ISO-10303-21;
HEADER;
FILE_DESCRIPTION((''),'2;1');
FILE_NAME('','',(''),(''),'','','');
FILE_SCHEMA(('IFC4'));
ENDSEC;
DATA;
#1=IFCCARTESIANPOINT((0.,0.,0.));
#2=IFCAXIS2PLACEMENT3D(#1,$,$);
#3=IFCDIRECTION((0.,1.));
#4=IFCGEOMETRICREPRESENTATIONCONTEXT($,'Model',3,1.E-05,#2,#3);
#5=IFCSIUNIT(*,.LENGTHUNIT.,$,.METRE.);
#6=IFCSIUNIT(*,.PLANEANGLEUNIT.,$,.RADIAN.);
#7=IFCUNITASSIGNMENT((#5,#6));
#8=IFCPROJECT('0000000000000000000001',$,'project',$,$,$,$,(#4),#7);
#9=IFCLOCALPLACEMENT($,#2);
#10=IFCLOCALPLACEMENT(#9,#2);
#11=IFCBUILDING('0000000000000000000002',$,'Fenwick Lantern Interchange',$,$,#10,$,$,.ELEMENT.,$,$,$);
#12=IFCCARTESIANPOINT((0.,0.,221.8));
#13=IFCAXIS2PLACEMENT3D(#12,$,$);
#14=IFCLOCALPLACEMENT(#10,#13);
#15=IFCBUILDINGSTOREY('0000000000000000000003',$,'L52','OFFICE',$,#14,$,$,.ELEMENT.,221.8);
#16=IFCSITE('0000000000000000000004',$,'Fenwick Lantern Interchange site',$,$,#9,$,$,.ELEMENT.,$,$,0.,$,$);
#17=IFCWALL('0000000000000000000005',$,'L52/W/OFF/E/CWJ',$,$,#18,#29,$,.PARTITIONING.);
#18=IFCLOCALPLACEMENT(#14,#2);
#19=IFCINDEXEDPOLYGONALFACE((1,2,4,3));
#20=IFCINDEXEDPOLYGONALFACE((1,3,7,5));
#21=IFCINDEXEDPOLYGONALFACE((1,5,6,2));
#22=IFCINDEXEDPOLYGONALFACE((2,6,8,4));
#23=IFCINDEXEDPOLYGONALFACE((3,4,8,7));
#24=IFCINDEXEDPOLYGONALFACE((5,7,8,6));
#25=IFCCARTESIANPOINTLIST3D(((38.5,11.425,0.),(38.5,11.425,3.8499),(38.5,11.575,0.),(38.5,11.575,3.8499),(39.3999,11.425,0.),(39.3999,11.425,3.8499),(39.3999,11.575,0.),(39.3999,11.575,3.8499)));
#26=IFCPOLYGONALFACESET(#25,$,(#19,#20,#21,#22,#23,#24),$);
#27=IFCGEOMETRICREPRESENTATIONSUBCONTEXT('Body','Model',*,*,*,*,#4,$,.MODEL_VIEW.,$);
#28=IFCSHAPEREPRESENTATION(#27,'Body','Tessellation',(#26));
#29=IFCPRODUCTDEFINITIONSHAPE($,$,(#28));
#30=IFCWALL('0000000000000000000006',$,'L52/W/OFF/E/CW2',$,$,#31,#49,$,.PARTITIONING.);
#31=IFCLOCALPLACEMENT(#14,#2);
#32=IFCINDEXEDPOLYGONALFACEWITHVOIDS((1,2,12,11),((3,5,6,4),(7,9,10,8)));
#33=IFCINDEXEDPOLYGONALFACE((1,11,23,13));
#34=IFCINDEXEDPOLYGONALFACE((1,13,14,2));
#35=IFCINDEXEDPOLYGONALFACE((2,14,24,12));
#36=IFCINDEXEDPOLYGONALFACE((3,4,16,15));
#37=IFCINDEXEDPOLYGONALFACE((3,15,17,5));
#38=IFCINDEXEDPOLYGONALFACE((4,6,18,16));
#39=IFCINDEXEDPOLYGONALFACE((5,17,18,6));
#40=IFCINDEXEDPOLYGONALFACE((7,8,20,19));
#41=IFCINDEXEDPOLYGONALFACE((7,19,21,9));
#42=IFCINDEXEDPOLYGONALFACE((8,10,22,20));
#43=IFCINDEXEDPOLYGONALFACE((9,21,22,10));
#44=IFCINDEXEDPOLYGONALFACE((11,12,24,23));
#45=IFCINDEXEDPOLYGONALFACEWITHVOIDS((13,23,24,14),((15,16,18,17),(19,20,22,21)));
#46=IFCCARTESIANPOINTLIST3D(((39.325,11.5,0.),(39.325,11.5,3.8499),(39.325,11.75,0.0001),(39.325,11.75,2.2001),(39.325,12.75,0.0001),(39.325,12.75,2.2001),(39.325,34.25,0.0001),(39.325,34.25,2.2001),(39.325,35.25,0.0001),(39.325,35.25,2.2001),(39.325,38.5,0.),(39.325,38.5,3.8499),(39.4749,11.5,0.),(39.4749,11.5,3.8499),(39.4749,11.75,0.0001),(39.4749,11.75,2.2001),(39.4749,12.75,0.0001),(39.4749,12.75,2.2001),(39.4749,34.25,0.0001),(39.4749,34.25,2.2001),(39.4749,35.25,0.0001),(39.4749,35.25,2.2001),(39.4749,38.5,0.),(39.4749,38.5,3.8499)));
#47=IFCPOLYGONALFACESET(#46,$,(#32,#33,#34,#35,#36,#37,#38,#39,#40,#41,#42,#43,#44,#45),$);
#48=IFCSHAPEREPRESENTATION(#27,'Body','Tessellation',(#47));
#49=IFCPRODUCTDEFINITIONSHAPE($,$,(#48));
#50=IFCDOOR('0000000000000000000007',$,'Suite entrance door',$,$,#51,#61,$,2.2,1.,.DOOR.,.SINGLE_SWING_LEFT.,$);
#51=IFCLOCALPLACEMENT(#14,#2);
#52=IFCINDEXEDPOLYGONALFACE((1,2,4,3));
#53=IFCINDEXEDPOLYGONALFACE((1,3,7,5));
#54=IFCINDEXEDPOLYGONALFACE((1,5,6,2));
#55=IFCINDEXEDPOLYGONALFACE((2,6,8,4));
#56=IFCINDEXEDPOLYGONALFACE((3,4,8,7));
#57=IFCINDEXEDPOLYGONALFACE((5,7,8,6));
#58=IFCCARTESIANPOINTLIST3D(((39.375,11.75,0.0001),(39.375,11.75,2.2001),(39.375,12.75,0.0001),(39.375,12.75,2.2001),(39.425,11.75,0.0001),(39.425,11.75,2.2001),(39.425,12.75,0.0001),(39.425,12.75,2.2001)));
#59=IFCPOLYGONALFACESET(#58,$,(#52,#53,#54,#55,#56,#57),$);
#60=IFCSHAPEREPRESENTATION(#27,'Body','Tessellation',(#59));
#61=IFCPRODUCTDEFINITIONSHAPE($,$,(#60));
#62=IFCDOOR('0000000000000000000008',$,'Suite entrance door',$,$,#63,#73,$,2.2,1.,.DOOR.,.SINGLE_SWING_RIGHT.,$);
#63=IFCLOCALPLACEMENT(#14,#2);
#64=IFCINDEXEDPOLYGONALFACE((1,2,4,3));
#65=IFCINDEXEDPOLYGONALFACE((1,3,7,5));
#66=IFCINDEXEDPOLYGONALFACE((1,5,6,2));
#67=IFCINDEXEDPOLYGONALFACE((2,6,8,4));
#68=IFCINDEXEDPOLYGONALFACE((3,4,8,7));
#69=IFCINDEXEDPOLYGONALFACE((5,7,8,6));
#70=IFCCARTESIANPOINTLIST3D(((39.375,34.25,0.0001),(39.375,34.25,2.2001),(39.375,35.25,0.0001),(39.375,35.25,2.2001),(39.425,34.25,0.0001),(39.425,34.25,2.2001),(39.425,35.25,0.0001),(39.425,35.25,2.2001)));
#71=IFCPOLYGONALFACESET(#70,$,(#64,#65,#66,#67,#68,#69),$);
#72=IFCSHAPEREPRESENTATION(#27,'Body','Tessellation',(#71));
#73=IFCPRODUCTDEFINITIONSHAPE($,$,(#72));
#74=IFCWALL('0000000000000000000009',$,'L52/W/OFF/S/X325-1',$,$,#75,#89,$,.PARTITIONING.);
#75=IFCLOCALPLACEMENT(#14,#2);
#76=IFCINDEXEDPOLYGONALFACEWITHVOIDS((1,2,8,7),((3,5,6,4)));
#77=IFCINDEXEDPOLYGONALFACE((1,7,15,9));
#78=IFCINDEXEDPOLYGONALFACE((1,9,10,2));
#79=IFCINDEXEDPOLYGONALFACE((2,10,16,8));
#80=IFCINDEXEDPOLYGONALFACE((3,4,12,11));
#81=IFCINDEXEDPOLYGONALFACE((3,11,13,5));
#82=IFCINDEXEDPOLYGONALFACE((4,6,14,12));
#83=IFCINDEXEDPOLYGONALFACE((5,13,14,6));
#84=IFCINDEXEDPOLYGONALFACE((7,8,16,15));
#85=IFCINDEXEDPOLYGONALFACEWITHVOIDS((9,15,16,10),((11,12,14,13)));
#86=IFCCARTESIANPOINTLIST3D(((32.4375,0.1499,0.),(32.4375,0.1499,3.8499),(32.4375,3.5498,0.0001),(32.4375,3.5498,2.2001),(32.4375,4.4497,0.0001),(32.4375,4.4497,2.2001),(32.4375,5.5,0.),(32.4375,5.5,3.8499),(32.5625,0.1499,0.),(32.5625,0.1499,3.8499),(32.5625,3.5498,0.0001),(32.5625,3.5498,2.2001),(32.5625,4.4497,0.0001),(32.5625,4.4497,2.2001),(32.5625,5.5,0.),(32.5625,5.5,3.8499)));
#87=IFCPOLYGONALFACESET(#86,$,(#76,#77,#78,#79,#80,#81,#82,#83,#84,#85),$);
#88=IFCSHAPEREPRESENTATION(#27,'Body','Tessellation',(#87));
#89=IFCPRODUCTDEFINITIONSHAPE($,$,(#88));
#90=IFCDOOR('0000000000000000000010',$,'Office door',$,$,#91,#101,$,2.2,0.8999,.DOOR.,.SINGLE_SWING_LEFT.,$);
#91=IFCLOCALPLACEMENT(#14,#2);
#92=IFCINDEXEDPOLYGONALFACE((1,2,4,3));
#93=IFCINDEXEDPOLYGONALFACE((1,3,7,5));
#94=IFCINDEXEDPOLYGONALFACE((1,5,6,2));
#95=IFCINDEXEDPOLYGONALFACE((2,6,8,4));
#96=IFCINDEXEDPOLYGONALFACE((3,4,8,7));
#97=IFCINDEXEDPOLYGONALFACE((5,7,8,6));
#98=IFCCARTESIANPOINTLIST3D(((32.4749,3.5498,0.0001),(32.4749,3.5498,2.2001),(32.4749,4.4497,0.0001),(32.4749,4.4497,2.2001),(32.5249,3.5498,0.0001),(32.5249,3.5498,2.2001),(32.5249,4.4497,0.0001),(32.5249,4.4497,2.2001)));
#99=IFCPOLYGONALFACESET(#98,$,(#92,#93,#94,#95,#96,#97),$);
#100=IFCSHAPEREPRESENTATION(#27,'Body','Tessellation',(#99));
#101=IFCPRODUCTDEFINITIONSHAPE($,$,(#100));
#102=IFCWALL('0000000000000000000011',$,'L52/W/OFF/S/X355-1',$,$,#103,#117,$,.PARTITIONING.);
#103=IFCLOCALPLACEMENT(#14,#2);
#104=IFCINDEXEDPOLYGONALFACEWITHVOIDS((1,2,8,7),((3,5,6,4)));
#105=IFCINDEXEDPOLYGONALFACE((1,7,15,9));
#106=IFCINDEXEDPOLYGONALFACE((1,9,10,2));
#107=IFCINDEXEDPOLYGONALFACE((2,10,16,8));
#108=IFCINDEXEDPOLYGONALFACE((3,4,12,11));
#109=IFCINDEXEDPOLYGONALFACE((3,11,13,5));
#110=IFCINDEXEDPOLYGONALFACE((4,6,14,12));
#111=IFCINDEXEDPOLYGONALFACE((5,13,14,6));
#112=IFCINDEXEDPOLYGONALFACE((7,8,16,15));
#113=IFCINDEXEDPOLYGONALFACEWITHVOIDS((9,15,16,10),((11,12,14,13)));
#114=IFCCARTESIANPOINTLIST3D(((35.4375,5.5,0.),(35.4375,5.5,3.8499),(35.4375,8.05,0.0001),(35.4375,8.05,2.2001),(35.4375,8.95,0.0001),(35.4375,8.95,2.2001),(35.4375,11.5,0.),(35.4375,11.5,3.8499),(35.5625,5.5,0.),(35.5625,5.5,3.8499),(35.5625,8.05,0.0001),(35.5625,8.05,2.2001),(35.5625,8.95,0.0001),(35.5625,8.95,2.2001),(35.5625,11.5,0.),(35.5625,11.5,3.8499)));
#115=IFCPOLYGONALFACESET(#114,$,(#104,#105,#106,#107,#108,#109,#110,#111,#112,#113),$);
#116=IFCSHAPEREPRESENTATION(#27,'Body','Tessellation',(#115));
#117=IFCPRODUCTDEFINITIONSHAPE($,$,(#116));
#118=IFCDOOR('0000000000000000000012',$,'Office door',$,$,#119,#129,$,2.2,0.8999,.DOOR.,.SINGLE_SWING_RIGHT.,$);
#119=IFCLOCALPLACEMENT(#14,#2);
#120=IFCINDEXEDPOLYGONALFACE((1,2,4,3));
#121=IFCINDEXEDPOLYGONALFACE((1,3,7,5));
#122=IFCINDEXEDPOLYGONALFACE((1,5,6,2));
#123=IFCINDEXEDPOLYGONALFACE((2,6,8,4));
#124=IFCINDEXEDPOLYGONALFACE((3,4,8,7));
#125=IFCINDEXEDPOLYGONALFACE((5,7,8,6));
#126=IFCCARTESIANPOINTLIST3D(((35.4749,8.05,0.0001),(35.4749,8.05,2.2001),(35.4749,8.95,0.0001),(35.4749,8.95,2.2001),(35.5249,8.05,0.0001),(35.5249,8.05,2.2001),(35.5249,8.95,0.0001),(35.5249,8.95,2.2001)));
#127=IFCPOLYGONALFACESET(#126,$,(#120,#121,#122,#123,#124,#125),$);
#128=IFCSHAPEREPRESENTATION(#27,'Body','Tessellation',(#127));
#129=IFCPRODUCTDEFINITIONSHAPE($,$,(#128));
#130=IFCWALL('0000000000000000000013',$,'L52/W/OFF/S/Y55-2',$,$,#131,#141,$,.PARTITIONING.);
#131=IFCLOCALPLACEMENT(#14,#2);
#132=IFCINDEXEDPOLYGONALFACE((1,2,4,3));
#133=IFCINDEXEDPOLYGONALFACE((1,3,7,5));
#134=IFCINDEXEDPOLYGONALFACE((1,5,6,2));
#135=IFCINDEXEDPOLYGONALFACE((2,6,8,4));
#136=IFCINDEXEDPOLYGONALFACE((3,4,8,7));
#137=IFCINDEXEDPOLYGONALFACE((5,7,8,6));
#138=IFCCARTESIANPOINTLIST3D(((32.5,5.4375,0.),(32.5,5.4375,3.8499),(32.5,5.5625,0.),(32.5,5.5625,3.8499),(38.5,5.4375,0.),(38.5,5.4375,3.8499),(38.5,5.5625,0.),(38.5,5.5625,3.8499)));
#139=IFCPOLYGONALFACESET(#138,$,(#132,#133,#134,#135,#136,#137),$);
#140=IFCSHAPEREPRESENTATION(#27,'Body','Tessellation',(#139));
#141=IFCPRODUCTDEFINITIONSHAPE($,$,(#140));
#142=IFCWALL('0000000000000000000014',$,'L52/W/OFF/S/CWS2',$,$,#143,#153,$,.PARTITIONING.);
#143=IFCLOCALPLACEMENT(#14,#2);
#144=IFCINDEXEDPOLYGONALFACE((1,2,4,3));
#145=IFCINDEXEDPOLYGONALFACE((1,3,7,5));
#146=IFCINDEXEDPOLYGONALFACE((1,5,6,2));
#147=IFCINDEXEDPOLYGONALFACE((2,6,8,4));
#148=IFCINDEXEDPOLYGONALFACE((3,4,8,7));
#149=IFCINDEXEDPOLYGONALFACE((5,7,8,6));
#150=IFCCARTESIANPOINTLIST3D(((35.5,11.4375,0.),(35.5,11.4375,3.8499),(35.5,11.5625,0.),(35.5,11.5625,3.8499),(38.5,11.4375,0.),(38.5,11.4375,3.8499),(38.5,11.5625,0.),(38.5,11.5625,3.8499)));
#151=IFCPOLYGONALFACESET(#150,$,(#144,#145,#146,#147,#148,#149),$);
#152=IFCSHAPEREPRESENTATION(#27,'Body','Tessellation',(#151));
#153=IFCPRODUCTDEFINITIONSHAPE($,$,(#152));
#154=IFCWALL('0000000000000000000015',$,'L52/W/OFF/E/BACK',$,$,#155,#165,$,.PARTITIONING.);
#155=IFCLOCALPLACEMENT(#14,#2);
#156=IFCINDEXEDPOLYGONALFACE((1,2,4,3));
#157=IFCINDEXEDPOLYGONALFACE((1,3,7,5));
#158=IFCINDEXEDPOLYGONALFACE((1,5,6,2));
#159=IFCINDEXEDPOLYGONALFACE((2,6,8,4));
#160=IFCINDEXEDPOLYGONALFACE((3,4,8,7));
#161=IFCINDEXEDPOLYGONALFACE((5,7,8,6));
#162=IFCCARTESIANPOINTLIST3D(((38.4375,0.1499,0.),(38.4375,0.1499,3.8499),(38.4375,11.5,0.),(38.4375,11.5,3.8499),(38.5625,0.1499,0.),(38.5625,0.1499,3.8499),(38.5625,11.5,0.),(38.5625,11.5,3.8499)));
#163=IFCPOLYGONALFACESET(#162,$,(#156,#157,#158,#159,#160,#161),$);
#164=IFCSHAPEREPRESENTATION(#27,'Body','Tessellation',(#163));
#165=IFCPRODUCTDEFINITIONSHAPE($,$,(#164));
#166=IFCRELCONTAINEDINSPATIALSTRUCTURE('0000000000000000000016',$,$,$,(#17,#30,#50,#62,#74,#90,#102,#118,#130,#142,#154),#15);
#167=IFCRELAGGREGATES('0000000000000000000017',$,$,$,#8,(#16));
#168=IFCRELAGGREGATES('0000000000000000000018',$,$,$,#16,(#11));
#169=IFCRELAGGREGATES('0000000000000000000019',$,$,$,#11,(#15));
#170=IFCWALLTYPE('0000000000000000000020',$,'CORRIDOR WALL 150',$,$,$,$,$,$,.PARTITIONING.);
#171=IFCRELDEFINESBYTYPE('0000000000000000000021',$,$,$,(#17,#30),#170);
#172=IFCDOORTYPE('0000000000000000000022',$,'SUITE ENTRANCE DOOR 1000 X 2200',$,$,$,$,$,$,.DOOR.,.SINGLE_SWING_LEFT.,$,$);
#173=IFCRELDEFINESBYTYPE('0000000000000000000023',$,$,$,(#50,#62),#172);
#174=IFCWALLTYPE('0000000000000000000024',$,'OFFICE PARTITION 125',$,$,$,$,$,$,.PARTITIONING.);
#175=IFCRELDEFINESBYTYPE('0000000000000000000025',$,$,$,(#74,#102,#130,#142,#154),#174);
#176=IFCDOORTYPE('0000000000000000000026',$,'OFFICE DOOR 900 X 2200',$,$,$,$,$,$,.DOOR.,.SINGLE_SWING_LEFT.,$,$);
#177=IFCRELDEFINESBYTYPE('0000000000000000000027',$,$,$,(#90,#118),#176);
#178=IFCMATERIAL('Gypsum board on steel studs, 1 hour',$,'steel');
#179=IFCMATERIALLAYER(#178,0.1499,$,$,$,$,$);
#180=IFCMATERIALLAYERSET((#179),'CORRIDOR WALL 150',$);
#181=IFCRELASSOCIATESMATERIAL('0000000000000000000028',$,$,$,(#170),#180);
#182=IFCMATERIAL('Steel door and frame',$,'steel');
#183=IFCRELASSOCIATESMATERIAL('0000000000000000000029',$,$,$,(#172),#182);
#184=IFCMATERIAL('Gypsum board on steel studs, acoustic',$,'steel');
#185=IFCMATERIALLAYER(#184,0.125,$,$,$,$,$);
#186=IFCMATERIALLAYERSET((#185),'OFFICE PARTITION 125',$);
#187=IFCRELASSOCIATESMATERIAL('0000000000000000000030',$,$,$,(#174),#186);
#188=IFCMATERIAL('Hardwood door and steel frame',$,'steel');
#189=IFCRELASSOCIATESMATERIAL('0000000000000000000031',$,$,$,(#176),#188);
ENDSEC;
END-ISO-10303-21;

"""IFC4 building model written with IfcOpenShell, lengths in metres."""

from ifc_helpers import new_model, si_unit, direction, frame, frame_2d, origin, place, context, subcontext, project, spatial, rectangle, extrude, material, layer, layer_set, type_object, element, fill, save


model = new_model("IFC4")

# Units and contexts
model_context = context("Model", 3, precision=1e-05, world=origin(), true_north=direction((0.0, 1.0)))
body_context = subcontext(model_context, "Body", "Model", "MODEL_VIEW")
ifc_project = project(units=[si_unit("LENGTHUNIT", "METRE"), si_unit("PLANEANGLEUNIT", "RADIAN")], contexts=[model_context])

# Site, building, storey
site_placement = place(None, origin())
site = spatial("IfcSite", under=ifc_project, at=site_placement, Name="Fenwick Lantern Interchange site", CompositionType="ELEMENT", RefElevation=0.0)
building_placement = place(site_placement, origin())
building = spatial("IfcBuilding", under=site, at=building_placement, Name="Fenwick Lantern Interchange", CompositionType="ELEMENT")
storey_placement = place(building_placement, frame((0.0, 0.0, 221.8)))
storey = spatial("IfcBuildingStorey", under=building, at=storey_placement, Name="L52", Description="OFFICE", CompositionType="ELEMENT", Elevation=221.8)

# Shared definitions
ifc_material_1 = material(Name="Steel door and frame", Category="steel")
ifc_material_2 = material(Name="Hardwood door and steel frame", Category="steel")

# Wall
ifc_material_3 = material(Name="Gypsum board on steel studs, 1 hour", Category="steel")
ifc_layer_1 = layer(ifc_material_3, 0.1499)
ifc_layer_set_1 = layer_set([ifc_layer_1], Name="CORRIDOR WALL 150")
wall_type_1 = type_object("IfcWallType", Name="CORRIDOR WALL 150", PredefinedType="PARTITIONING", material=ifc_layer_set_1)
wall_1_placement = place(storey_placement, frame((38.5, 11.5, 0.0), z_axis=(0.0, 0.0, 1.0), x_axis=(1.0, 0.0, 0.0)))
element("IfcWall", 1, at=wall_1_placement, inside=storey, type_object=wall_type_1, Name="L52/W/OFF/E/CWJ", PredefinedType="PARTITIONING", context=body_context, shape_type="SweptSolid", body=[
    extrude(rectangle(XDim=0.8999, YDim=0.1499, at=frame_2d((0.45, 0.0))), origin(), (0.0, 0.0, 1.0), 3.8499),
])

# Wall, openings, doors
wall_2_placement = place(storey_placement, frame((39.3999, 11.5, 0.0), z_axis=(0.0, 0.0, 1.0), x_axis=(0.0, 1.0, 0.0)))
wall_2 = element("IfcWall", 2, at=wall_2_placement, inside=storey, type_object=wall_type_1, Name="L52/W/OFF/E/CW2", PredefinedType="PARTITIONING", context=body_context, shape_type="SweptSolid", body=[
    extrude(rectangle(XDim=27.0, YDim=0.1499, at=frame_2d((13.5, 0.0))), origin(), (0.0, 0.0, 1.0), 3.8499),
])
opening_1_placement = place(wall_2_placement, frame((0.25, 0.0, 0.0)))
opening_1 = element("IfcOpeningElement", 3, at=opening_1_placement, cuts=wall_2, PredefinedType="OPENING", context=body_context, shape_type="SweptSolid", body=[
    extrude(rectangle(XDim=1.0, YDim=2.2, at=frame_2d((0.5, 1.1001))), frame((0.0, 0.085, 0.0), z_axis=(0.0, -1.0, 0.0), x_axis=(1.0, 0.0, 0.0)), (0.0, 0.0, 1.0), 0.1699),
])
opening_2_placement = place(wall_2_placement, frame((22.75, 0.0, 0.0)))
opening_2 = element("IfcOpeningElement", 4, at=opening_2_placement, cuts=wall_2, PredefinedType="OPENING", context=body_context, shape_type="SweptSolid", body=[
    extrude(rectangle(XDim=1.0, YDim=2.2, at=frame_2d((0.5, 1.1001))), frame((0.0, 0.085, 0.0), z_axis=(0.0, -1.0, 0.0), x_axis=(1.0, 0.0, 0.0)), (0.0, 0.0, 1.0), 0.1699),
])
door_type_1 = type_object("IfcDoorType", Name="SUITE ENTRANCE DOOR 1000 X 2200", OperationType="SINGLE_SWING_LEFT", PredefinedType="DOOR", material=ifc_material_1)
door_1_placement = place(opening_1_placement, origin())
door_1 = element("IfcDoor", 5, at=door_1_placement, inside=storey, type_object=door_type_1, Name="Suite entrance door", OperationType="SINGLE_SWING_LEFT", OverallHeight=2.2, OverallWidth=1.0, PredefinedType="DOOR", context=body_context, shape_type="SweptSolid", body=[
    extrude(rectangle(XDim=1.0, YDim=2.2, at=frame_2d((0.5, 1.1001))), frame((0.0, 0.0249, 0.0), z_axis=(0.0, -1.0, 0.0), x_axis=(1.0, 0.0, 0.0)), (0.0, 0.0, 1.0), 0.05),
])
fill(opening_1, door_1)
door_2_placement = place(opening_2_placement, origin())
door_2 = element("IfcDoor", 6, at=door_2_placement, inside=storey, type_object=door_type_1, Name="Suite entrance door", OperationType="SINGLE_SWING_RIGHT", OverallHeight=2.2, OverallWidth=1.0, PredefinedType="DOOR", context=body_context, shape_type="SweptSolid", body=[
    extrude(rectangle(XDim=1.0, YDim=2.2, at=frame_2d((0.5, 1.1001))), frame((0.0, 0.0249, 0.0), z_axis=(0.0, -1.0, 0.0), x_axis=(1.0, 0.0, 0.0)), (0.0, 0.0, 1.0), 0.05),
])
fill(opening_2, door_2)

# Walls, openings, doors
ifc_material_4 = material(Name="Gypsum board on steel studs, acoustic", Category="steel")
ifc_layer_2 = layer(ifc_material_4, 0.125)
ifc_layer_set_2 = layer_set([ifc_layer_2], Name="OFFICE PARTITION 125")
wall_type_2 = type_object("IfcWallType", Name="OFFICE PARTITION 125", PredefinedType="PARTITIONING", material=ifc_layer_set_2)
wall_3_placement = place(storey_placement, frame((32.5, 0.1499, 0.0), z_axis=(0.0, 0.0, 1.0), x_axis=(0.0, 1.0, 0.0)))
wall_3 = element("IfcWall", 7, at=wall_3_placement, inside=storey, type_object=wall_type_2, Name="L52/W/OFF/S/X325-1", PredefinedType="PARTITIONING", context=body_context, shape_type="SweptSolid", body=[
    extrude(rectangle(XDim=5.3501, YDim=0.125, at=frame_2d((2.675, 0.0))), origin(), (0.0, 0.0, 1.0), 3.8499),
])
opening_3_placement = place(wall_3_placement, frame((3.3999, 0.0, 0.0)))
opening_3 = element("IfcOpeningElement", 8, at=opening_3_placement, cuts=wall_3, PredefinedType="OPENING", context=body_context, shape_type="SweptSolid", body=[
    extrude(rectangle(XDim=0.8999, YDim=2.2, at=frame_2d((0.45, 1.1001))), frame((0.0, 0.0725, 0.0), z_axis=(0.0, -1.0, 0.0), x_axis=(1.0, 0.0, 0.0)), (0.0, 0.0, 1.0), 0.145),
])
door_type_2 = type_object("IfcDoorType", Name="OFFICE DOOR 900 X 2200", OperationType="SINGLE_SWING_LEFT", PredefinedType="DOOR", material=ifc_material_2)
door_3_placement = place(opening_3_placement, frame((0.8999, 0.0, 0.0), z_axis=(0.0, 0.0, 1.0), x_axis=(-1.0, 0.0, 0.0)))
door_3 = element("IfcDoor", 9, at=door_3_placement, inside=storey, type_object=door_type_2, Name="Office door", OperationType="SINGLE_SWING_LEFT", OverallHeight=2.2, OverallWidth=0.8999, PredefinedType="DOOR", context=body_context, shape_type="SweptSolid", body=[
    extrude(rectangle(XDim=0.8999, YDim=2.2, at=frame_2d((0.45, 1.1001))), frame((0.0, 0.0249, 0.0), z_axis=(0.0, -1.0, 0.0), x_axis=(1.0, 0.0, 0.0)), (0.0, 0.0, 1.0), 0.05),
])
fill(opening_3, door_3)
wall_4_placement = place(storey_placement, frame((35.5, 5.5, 0.0), z_axis=(0.0, 0.0, 1.0), x_axis=(0.0, 1.0, 0.0)))
wall_4 = element("IfcWall", 10, at=wall_4_placement, inside=storey, type_object=wall_type_2, Name="L52/W/OFF/S/X355-1", PredefinedType="PARTITIONING", context=body_context, shape_type="SweptSolid", body=[
    extrude(rectangle(XDim=6.0, YDim=0.125, at=frame_2d((3.0, 0.0))), origin(), (0.0, 0.0, 1.0), 3.8499),
])
opening_4_placement = place(wall_4_placement, frame((2.55, 0.0, 0.0)))
opening_4 = element("IfcOpeningElement", 11, at=opening_4_placement, cuts=wall_4, PredefinedType="OPENING", context=body_context, shape_type="SweptSolid", body=[
    extrude(rectangle(XDim=0.8999, YDim=2.2, at=frame_2d((0.45, 1.1001))), frame((0.0, 0.0725, 0.0), z_axis=(0.0, -1.0, 0.0), x_axis=(1.0, 0.0, 0.0)), (0.0, 0.0, 1.0), 0.145),
])
door_4_placement = place(opening_4_placement, frame((0.8999, 0.0, 0.0), z_axis=(0.0, 0.0, 1.0), x_axis=(-1.0, 0.0, 0.0)))
door_4 = element("IfcDoor", 12, at=door_4_placement, inside=storey, type_object=door_type_2, Name="Office door", OperationType="SINGLE_SWING_RIGHT", OverallHeight=2.2, OverallWidth=0.8999, PredefinedType="DOOR", context=body_context, shape_type="SweptSolid", body=[
    extrude(rectangle(XDim=0.8999, YDim=2.2, at=frame_2d((0.45, 1.1001))), frame((0.0, 0.0249, 0.0), z_axis=(0.0, -1.0, 0.0), x_axis=(1.0, 0.0, 0.0)), (0.0, 0.0, 1.0), 0.05),
])
fill(opening_4, door_4)

# Walls
wall_5_placement = place(storey_placement, frame((32.5, 5.5, 0.0), z_axis=(0.0, 0.0, 1.0), x_axis=(1.0, 0.0, 0.0)))
element("IfcWall", 13, at=wall_5_placement, inside=storey, type_object=wall_type_2, Name="L52/W/OFF/S/Y55-2", PredefinedType="PARTITIONING", context=body_context, shape_type="SweptSolid", body=[
    extrude(rectangle(XDim=6.0, YDim=0.125, at=frame_2d((3.0, 0.0))), origin(), (0.0, 0.0, 1.0), 3.8499),
])
wall_6_placement = place(storey_placement, frame((35.5, 11.5, 0.0), z_axis=(0.0, 0.0, 1.0), x_axis=(1.0, 0.0, 0.0)))
element("IfcWall", 14, at=wall_6_placement, inside=storey, type_object=wall_type_2, Name="L52/W/OFF/S/CWS2", PredefinedType="PARTITIONING", context=body_context, shape_type="SweptSolid", body=[
    extrude(rectangle(XDim=3.0, YDim=0.125, at=frame_2d((1.5, 0.0))), origin(), (0.0, 0.0, 1.0), 3.8499),
])
wall_7_placement = place(storey_placement, frame((38.5, 0.1499, 0.0), z_axis=(0.0, 0.0, 1.0), x_axis=(0.0, 1.0, 0.0)))
element("IfcWall", 15, at=wall_7_placement, inside=storey, type_object=wall_type_2, Name="L52/W/OFF/E/BACK", PredefinedType="PARTITIONING", context=body_context, shape_type="SweptSolid", body=[
    extrude(rectangle(XDim=11.3501, YDim=0.125, at=frame_2d((5.675, 0.0))), origin(), (0.0, 0.0, 1.0), 3.8499),
])

save(model, "model.ifc")
